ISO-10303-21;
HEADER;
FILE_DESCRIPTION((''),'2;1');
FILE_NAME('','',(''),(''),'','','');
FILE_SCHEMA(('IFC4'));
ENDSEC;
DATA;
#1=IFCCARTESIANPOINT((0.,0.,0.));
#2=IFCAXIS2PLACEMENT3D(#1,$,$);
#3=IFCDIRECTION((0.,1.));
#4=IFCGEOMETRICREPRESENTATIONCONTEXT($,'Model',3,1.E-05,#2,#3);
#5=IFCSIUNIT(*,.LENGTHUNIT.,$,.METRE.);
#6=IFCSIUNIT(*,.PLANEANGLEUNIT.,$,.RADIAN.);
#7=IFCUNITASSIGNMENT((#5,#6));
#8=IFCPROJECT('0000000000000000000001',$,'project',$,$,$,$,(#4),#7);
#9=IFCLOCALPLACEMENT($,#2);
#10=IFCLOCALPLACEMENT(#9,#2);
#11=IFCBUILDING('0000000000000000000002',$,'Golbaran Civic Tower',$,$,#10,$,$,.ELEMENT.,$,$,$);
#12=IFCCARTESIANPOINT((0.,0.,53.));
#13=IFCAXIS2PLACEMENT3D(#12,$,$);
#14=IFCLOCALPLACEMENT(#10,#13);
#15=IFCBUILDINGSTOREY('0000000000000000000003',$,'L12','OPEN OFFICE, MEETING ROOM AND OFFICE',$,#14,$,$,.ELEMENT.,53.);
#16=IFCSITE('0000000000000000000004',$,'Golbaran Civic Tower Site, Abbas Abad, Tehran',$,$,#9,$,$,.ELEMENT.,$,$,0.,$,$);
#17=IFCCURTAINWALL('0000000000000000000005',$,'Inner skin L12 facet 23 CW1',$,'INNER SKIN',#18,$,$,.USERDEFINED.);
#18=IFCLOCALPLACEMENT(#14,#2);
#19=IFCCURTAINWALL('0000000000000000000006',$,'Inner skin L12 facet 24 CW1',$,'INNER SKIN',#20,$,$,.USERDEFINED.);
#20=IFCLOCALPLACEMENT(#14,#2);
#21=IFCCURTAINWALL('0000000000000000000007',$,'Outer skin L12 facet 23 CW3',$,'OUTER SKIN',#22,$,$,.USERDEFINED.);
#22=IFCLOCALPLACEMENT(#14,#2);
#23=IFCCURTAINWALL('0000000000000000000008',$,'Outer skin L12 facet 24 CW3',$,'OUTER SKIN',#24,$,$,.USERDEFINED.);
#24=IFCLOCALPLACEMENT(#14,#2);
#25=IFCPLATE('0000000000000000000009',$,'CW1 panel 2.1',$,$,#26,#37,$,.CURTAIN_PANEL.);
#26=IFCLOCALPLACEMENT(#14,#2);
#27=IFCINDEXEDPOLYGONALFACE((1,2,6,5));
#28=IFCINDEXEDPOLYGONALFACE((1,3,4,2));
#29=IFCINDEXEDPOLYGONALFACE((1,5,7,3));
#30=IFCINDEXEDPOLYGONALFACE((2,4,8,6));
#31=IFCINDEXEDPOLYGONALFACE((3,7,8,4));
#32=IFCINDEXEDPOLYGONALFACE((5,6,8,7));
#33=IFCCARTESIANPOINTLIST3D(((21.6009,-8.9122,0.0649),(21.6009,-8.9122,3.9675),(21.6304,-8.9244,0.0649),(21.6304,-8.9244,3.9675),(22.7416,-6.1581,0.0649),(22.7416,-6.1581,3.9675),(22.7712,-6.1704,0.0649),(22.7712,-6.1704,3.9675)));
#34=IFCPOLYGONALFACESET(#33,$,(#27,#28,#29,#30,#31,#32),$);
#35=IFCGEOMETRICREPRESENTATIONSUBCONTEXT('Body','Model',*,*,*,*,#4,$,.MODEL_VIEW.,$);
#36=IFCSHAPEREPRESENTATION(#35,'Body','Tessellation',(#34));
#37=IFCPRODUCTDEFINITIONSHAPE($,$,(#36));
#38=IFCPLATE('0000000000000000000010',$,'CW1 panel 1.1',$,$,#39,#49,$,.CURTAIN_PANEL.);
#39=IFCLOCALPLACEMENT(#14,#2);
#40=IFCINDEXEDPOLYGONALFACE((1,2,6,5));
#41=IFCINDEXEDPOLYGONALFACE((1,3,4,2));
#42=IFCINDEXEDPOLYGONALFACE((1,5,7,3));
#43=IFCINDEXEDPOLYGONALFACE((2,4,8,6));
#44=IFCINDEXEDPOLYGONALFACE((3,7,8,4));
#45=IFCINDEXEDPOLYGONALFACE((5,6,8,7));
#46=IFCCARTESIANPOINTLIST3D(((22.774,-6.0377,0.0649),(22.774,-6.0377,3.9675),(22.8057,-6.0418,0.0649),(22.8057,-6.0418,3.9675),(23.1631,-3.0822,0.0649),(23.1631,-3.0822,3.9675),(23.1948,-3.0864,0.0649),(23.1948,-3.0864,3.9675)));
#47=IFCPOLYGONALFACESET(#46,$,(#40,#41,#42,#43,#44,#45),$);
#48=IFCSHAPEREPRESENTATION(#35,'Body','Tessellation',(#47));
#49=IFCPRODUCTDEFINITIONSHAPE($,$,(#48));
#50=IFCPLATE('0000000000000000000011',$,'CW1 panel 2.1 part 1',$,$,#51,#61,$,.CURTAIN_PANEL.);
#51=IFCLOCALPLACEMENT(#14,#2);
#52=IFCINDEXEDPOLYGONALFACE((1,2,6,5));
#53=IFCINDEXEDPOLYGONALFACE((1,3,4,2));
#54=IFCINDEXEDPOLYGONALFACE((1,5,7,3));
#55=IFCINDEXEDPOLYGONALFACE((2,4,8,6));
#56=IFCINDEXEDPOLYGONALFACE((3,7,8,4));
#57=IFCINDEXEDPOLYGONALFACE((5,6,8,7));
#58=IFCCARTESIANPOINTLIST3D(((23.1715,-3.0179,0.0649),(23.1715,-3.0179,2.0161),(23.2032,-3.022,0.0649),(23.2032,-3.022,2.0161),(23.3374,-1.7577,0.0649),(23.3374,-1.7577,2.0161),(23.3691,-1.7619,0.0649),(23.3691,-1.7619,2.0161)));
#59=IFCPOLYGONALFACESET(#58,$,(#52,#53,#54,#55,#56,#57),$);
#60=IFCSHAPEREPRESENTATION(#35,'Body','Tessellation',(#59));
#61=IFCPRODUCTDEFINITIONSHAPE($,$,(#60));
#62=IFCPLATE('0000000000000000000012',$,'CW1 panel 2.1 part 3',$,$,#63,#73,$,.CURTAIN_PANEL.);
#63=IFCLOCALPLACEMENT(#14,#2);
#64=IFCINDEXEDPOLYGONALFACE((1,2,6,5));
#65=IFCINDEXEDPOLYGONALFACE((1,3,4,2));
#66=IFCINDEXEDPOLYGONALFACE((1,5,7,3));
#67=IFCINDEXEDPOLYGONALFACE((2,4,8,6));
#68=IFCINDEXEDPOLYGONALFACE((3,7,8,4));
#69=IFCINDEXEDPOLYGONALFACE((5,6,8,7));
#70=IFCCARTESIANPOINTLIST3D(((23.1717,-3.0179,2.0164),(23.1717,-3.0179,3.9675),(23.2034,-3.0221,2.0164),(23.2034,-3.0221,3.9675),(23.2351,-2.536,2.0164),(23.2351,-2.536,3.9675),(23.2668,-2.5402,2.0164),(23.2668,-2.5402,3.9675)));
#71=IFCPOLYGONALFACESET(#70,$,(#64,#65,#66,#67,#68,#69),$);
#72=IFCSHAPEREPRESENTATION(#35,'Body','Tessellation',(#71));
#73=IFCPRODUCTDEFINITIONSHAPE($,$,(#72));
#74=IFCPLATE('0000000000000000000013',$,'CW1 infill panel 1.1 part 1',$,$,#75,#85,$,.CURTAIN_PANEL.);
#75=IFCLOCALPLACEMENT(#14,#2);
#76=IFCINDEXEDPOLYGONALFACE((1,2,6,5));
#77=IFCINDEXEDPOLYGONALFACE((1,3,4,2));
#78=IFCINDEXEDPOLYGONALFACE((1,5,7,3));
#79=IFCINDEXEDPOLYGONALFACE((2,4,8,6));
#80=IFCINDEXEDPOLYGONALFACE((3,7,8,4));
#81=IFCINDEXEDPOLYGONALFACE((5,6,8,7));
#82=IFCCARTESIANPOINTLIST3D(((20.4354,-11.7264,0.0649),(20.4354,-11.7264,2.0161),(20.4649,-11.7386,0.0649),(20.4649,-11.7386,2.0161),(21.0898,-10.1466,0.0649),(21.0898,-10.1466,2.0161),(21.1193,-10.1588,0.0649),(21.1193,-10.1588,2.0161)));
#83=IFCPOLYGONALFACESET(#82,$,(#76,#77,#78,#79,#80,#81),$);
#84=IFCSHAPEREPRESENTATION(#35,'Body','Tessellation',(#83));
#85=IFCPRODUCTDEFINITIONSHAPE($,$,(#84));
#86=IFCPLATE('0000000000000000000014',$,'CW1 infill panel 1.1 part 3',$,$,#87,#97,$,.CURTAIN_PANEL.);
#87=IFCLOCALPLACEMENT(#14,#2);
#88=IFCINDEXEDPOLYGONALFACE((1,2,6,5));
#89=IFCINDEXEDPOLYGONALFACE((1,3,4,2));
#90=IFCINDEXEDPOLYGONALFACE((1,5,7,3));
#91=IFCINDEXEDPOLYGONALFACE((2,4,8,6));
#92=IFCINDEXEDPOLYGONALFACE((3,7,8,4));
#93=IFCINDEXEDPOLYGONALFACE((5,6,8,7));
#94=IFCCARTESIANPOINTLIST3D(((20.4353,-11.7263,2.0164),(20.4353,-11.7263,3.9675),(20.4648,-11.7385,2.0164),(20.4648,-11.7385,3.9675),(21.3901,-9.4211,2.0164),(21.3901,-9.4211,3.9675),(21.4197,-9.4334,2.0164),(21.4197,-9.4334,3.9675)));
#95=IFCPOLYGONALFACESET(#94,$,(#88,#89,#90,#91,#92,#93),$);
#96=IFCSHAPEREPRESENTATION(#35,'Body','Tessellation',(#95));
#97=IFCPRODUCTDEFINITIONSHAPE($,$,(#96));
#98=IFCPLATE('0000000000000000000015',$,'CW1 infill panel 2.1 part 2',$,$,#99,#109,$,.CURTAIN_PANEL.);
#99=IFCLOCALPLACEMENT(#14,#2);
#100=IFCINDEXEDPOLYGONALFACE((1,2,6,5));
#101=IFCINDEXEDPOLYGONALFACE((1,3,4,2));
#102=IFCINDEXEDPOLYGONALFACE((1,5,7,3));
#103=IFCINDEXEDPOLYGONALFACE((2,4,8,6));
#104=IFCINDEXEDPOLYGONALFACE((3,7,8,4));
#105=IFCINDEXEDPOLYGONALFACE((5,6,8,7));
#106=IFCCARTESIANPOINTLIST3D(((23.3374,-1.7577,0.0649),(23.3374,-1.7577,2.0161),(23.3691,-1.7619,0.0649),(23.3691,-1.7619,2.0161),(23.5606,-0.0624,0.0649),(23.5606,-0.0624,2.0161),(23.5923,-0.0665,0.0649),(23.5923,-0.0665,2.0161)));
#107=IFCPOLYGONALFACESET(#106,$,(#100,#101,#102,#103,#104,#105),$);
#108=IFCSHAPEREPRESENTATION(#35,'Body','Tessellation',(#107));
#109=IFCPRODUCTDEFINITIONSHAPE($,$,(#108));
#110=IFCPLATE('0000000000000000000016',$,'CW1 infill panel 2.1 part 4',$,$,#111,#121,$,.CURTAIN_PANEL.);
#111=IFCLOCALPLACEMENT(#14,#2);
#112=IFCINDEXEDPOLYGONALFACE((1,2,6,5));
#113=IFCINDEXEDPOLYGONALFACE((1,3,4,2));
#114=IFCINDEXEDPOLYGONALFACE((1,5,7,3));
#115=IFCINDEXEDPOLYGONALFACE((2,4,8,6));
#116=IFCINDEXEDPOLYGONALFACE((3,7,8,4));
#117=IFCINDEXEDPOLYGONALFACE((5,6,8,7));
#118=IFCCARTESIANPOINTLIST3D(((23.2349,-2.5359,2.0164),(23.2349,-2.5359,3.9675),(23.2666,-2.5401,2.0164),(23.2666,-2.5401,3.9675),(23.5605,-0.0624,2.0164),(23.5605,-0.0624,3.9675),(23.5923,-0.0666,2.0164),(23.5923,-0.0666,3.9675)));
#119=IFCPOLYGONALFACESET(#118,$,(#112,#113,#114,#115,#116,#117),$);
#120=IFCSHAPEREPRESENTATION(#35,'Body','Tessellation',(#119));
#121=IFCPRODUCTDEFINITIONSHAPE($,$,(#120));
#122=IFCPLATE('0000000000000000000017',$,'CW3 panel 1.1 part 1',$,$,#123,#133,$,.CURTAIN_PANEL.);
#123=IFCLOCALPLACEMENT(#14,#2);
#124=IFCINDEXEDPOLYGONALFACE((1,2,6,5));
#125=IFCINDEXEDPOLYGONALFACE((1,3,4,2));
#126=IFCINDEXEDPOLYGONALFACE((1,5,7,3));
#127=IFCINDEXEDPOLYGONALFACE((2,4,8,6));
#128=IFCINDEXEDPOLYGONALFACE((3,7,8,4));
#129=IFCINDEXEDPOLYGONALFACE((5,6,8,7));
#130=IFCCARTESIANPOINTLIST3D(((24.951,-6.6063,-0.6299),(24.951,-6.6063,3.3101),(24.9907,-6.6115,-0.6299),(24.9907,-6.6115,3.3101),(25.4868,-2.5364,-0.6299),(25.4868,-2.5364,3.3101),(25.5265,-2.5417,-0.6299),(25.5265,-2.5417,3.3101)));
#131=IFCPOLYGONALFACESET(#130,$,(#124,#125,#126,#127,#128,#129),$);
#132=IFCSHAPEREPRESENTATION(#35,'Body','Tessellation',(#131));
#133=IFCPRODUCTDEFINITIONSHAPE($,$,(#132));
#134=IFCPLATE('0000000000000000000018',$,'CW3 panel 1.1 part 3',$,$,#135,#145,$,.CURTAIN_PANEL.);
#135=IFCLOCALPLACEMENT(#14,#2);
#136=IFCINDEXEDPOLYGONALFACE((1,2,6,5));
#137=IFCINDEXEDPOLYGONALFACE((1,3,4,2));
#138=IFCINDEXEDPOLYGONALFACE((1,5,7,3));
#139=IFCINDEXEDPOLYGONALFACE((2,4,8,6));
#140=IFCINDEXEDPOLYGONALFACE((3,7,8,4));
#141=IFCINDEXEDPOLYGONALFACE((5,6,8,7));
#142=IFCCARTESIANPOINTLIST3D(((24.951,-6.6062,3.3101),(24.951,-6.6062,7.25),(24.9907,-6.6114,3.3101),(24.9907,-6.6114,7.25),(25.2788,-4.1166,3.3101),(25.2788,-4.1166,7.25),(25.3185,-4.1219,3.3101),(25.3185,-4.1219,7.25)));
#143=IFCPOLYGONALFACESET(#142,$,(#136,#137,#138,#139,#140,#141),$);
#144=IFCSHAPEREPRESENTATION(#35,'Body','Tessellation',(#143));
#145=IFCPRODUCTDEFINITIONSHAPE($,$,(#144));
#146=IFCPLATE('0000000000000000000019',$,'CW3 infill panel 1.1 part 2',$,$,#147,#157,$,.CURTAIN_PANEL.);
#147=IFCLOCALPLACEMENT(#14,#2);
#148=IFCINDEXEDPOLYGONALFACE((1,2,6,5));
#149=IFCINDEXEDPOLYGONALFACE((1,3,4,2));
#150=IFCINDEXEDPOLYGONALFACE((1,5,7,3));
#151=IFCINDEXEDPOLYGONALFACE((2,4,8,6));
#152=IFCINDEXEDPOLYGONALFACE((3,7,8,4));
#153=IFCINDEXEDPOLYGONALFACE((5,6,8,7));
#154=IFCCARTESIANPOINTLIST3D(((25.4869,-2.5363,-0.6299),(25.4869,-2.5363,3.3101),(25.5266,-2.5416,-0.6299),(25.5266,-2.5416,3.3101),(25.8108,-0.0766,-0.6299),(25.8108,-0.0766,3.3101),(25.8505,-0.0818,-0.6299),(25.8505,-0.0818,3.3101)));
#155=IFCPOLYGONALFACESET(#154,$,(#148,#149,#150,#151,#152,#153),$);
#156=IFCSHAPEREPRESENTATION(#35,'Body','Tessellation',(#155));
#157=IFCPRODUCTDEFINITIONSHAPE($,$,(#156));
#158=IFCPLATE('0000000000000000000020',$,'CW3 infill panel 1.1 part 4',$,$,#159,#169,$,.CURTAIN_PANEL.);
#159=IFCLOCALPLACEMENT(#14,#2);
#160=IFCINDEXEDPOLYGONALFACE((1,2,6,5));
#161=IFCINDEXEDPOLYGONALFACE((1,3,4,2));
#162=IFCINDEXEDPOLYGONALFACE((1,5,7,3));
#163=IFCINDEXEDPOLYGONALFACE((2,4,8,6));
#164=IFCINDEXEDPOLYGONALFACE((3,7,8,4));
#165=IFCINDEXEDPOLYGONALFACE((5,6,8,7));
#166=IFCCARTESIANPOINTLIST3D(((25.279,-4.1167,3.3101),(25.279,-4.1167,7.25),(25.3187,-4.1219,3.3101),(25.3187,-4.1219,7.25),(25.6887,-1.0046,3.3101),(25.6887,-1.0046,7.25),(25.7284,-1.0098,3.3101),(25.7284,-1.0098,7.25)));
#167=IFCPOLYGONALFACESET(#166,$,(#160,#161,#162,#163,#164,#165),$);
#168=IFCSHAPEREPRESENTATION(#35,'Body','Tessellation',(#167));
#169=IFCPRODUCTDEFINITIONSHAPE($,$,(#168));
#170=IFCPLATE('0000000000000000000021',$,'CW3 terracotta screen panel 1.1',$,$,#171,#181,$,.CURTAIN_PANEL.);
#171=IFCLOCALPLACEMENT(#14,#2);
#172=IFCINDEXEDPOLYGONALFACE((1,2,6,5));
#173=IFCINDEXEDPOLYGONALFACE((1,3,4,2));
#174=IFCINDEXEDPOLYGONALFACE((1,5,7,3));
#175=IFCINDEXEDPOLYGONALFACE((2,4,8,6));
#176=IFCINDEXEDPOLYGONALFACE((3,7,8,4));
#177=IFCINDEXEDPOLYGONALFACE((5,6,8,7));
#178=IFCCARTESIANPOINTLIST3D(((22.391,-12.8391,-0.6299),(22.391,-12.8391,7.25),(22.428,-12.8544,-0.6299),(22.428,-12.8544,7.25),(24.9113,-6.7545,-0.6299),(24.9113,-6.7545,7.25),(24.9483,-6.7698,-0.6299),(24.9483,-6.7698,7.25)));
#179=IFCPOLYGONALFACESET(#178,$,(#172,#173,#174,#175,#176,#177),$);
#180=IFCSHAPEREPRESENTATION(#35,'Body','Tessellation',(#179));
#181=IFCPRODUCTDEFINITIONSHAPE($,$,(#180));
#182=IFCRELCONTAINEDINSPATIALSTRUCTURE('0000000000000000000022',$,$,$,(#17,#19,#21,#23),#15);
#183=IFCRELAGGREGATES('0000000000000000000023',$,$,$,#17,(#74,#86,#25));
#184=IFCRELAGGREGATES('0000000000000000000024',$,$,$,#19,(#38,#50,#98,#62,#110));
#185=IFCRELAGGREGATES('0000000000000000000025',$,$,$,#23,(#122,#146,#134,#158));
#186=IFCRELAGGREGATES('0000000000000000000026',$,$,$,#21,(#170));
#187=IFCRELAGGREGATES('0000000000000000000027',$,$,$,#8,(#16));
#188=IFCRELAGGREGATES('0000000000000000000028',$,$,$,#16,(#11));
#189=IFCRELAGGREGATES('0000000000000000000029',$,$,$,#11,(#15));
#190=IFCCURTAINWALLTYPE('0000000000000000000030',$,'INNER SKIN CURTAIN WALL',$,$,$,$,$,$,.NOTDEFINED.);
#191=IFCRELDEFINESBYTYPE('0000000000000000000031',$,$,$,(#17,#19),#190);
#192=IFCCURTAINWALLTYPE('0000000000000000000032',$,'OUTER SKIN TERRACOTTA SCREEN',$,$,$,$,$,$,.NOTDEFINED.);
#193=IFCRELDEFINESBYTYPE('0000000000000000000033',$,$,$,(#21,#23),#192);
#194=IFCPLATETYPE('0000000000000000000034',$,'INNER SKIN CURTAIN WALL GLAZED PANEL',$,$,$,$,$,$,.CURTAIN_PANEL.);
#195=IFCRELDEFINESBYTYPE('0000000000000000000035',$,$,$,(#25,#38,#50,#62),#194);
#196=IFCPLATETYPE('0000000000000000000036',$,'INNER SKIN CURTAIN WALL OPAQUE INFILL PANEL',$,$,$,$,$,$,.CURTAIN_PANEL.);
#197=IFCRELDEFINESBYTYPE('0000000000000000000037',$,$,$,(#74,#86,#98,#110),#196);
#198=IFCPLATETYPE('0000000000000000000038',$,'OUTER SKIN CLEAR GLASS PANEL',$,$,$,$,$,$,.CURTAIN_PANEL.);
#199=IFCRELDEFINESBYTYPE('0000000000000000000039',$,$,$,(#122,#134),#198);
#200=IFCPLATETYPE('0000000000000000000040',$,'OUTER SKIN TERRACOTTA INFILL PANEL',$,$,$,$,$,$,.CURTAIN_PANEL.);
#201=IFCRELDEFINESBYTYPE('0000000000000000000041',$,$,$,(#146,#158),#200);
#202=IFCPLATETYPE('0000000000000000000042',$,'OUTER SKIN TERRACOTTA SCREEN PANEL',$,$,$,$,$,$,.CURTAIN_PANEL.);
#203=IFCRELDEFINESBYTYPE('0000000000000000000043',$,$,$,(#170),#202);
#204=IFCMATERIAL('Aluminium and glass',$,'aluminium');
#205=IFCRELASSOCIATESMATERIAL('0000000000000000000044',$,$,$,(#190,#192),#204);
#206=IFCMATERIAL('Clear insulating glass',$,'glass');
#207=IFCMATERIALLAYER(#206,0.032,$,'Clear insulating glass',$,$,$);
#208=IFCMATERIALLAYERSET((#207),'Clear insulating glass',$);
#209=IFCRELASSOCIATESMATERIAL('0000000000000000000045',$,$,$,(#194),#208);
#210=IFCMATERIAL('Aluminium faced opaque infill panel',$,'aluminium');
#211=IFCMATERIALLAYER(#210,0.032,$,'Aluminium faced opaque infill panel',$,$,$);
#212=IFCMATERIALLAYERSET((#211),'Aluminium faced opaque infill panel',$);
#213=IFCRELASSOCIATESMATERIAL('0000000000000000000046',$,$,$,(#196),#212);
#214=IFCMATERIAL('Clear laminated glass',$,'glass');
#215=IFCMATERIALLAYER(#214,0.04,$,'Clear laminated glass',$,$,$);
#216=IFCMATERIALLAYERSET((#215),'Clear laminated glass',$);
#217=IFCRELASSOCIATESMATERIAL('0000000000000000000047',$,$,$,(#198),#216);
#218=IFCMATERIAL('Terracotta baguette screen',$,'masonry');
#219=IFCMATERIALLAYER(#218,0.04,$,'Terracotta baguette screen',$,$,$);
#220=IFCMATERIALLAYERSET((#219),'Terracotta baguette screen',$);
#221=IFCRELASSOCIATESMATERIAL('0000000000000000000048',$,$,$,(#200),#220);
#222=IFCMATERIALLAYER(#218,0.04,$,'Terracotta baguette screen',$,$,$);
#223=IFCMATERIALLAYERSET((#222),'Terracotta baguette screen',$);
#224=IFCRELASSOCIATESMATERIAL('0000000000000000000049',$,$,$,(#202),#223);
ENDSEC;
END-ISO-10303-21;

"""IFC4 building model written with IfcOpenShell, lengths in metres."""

from ifc_helpers import new_model, si_unit, direction, frame, origin, origin_2d, place, context, subcontext, project, spatial, rectangle, extrude, material, layer, layer_set, type_object, element, aggregate, save


model = new_model("IFC4")

# Units and contexts
model_context = context("Model", 3, precision=1e-05, world=origin(), true_north=direction((0.0, 1.0)))
body_context = subcontext(model_context, "Body", "Model", "MODEL_VIEW")
ifc_project = project(units=[si_unit("LENGTHUNIT", "METRE"), si_unit("PLANEANGLEUNIT", "RADIAN")], contexts=[model_context])

# Site, building, storey
site_placement = place(None, origin())
site = spatial("IfcSite", under=ifc_project, at=site_placement, Name="Golbaran Civic Tower Site, Abbas Abad, Tehran", CompositionType="ELEMENT", RefElevation=0.0)
building_placement = place(site_placement, origin())
building = spatial("IfcBuilding", under=site, at=building_placement, Name="Golbaran Civic Tower", CompositionType="ELEMENT")
storey_placement = place(building_placement, frame((0.0, 0.0, 53.0)))
storey = spatial("IfcBuildingStorey", under=building, at=storey_placement, Name="L12", Description="OPEN OFFICE, MEETING ROOM AND OFFICE", CompositionType="ELEMENT", Elevation=53.0)

# Curtain walls
ifc_material_1 = material(Name="Aluminium and glass", Category="aluminium")
curtain_wall_type_1 = type_object("IfcCurtainWallType", Name="INNER SKIN CURTAIN WALL", PredefinedType="NOTDEFINED", material=ifc_material_1)
curtain_wall_1_placement = place(storey_placement, origin())
curtain_wall_1 = element("IfcCurtainWall", 1, at=curtain_wall_1_placement, inside=storey, type_object=curtain_wall_type_1, Name="Inner skin L12 facet 23 CW1", ObjectType="INNER SKIN", PredefinedType="USERDEFINED")
curtain_wall_2_placement = place(storey_placement, origin())
curtain_wall_2 = element("IfcCurtainWall", 2, at=curtain_wall_2_placement, inside=storey, type_object=curtain_wall_type_1, Name="Inner skin L12 facet 24 CW1", ObjectType="INNER SKIN", PredefinedType="USERDEFINED")

# Curtain wall
curtain_wall_type_2 = type_object("IfcCurtainWallType", Name="OUTER SKIN TERRACOTTA SCREEN", PredefinedType="NOTDEFINED", material=ifc_material_1)
curtain_wall_3_placement = place(storey_placement, origin())
curtain_wall_3 = element("IfcCurtainWall", 3, at=curtain_wall_3_placement, inside=storey, type_object=curtain_wall_type_2, Name="Outer skin L12 facet 23 CW3", ObjectType="OUTER SKIN", PredefinedType="USERDEFINED")

# Curtain wall
curtain_wall_4_placement = place(storey_placement, origin())
curtain_wall_4 = element("IfcCurtainWall", 4, at=curtain_wall_4_placement, inside=storey, type_object=curtain_wall_type_2, Name="Outer skin L12 facet 24 CW3", ObjectType="OUTER SKIN", PredefinedType="USERDEFINED")

# Plates
ifc_material_2 = material(Name="Clear insulating glass", Category="glass")
ifc_layer_1 = layer(ifc_material_2, 0.032, Name="Clear insulating glass")
ifc_layer_set_1 = layer_set([ifc_layer_1], Name="Clear insulating glass")
plate_type_1 = type_object("IfcPlateType", Name="INNER SKIN CURTAIN WALL GLAZED PANEL", PredefinedType="CURTAIN_PANEL", material=ifc_layer_set_1)
plate_1_placement = place(storey_placement, frame((22.186, -7.5413, 0.0649), z_axis=(0.0, 0.0, 1.0), x_axis=(0.382683, 0.92388, 0.0)))
plate_1 = element("IfcPlate", 5, at=plate_1_placement, type_object=plate_type_1, Name="CW1 panel 2.1", PredefinedType="CURTAIN_PANEL", context=body_context, shape_type="SweptSolid", body=[
    extrude(rectangle(XDim=2.981, YDim=0.032, at=origin_2d()), origin(), (0.0, 0.0, 1.0), 3.9026),
])
plate_2_placement = place(storey_placement, frame((22.9844, -4.562, 0.0649), z_axis=(0.0, 0.0, 1.0), x_axis=(0.130526, 0.991445, 0.0)))
plate_2 = element("IfcPlate", 6, at=plate_2_placement, type_object=plate_type_1, Name="CW1 panel 1.1", PredefinedType="CURTAIN_PANEL", context=body_context, shape_type="SweptSolid", body=[
    extrude(rectangle(XDim=2.981, YDim=0.032, at=origin_2d()), origin(), (0.0, 0.0, 1.0), 3.9026),
])
plate_3_placement = place(storey_placement, frame((23.2703, -2.3899, 0.0649), z_axis=(0.0, 0.0, 1.0), x_axis=(0.130526, 0.991445, 0.0)))
plate_3 = element("IfcPlate", 7, at=plate_3_placement, type_object=plate_type_1, Name="CW1 panel 2.1 part 1", PredefinedType="CURTAIN_PANEL", context=body_context, shape_type="SweptSolid", body=[
    extrude(rectangle(XDim=1.271, YDim=0.032, at=origin_2d()), origin(), (0.0, 0.0, 1.0), 1.9512),
])
plate_4_placement = place(storey_placement, frame((23.2192, -2.7791, 2.0164), z_axis=(0.0, 0.0, 1.0), x_axis=(0.130526, 0.991445, 0.0)))
plate_4 = element("IfcPlate", 8, at=plate_4_placement, type_object=plate_type_1, Name="CW1 panel 2.1 part 3", PredefinedType="CURTAIN_PANEL", context=body_context, shape_type="SweptSolid", body=[
    extrude(rectangle(XDim=0.4861, YDim=0.032, at=origin_2d()), origin(), (0.0, 0.0, 1.0), 1.9512),
])
ifc_material_3 = material(Name="Aluminium faced opaque infill panel", Category="aluminium")
ifc_layer_2 = layer(ifc_material_3, 0.032, Name="Aluminium faced opaque infill panel")
ifc_layer_set_2 = layer_set([ifc_layer_2], Name="Aluminium faced opaque infill panel")
plate_type_2 = type_object("IfcPlateType", Name="INNER SKIN CURTAIN WALL OPAQUE INFILL PANEL", PredefinedType="CURTAIN_PANEL", material=ifc_layer_set_2)
plate_5_placement = place(storey_placement, frame((20.7773, -10.9426, 0.0649), z_axis=(0.0, 0.0, 1.0), x_axis=(0.382683, 0.92388, 0.0)))
plate_5 = element("IfcPlate", 9, at=plate_5_placement, type_object=plate_type_2, Name="CW1 infill panel 1.1 part 1", PredefinedType="CURTAIN_PANEL", context=body_context, shape_type="SweptSolid", body=[
    extrude(rectangle(XDim=1.71, YDim=0.032, at=origin_2d()), origin(), (0.0, 0.0, 1.0), 1.9512),
])
plate_6_placement = place(storey_placement, frame((20.9275, -10.5798, 2.0164), z_axis=(0.0, 0.0, 1.0), x_axis=(0.382683, 0.92388, 0.0)))
plate_6 = element("IfcPlate", 10, at=plate_6_placement, type_object=plate_type_2, Name="CW1 infill panel 1.1 part 3", PredefinedType="CURTAIN_PANEL", context=body_context, shape_type="SweptSolid", body=[
    extrude(rectangle(XDim=2.4951, YDim=0.032, at=origin_2d()), origin(), (0.0, 0.0, 1.0), 1.9512),
])
aggregate(curtain_wall_1, [plate_5, plate_6, plate_1])
plate_7_placement = place(storey_placement, frame((23.4648, -0.9121, 0.0649), z_axis=(0.0, 0.0, 1.0), x_axis=(0.130526, 0.991445, 0.0)))
plate_7 = element("IfcPlate", 11, at=plate_7_placement, type_object=plate_type_2, Name="CW1 infill panel 2.1 part 2", PredefinedType="CURTAIN_PANEL", context=body_context, shape_type="SweptSolid", body=[
    extrude(rectangle(XDim=1.71, YDim=0.032, at=origin_2d()), origin(), (0.0, 0.0, 1.0), 1.9512),
])
plate_8_placement = place(storey_placement, frame((23.4136, -1.3013, 2.0164), z_axis=(0.0, 0.0, 1.0), x_axis=(0.130526, 0.991445, 0.0)))
plate_8 = element("IfcPlate", 12, at=plate_8_placement, type_object=plate_type_2, Name="CW1 infill panel 2.1 part 4", PredefinedType="CURTAIN_PANEL", context=body_context, shape_type="SweptSolid", body=[
    extrude(rectangle(XDim=2.4949, YDim=0.032, at=origin_2d()), origin(), (0.0, 0.0, 1.0), 1.9512),
])
aggregate(curtain_wall_2, [plate_2, plate_3, plate_7, plate_4, plate_8])
ifc_material_4 = material(Name="Clear laminated glass", Category="glass")
ifc_layer_3 = layer(ifc_material_4, 0.04, Name="Clear laminated glass")
ifc_layer_set_3 = layer_set([ifc_layer_3], Name="Clear laminated glass")
plate_type_3 = type_object("IfcPlateType", Name="OUTER SKIN CLEAR GLASS PANEL", PredefinedType="CURTAIN_PANEL", material=ifc_layer_set_3)
plate_9_placement = place(storey_placement, frame((25.2388, -4.574, -0.6299), z_axis=(0.0, 0.0, 1.0), x_axis=(0.130526, 0.991445, 0.0)))
plate_9 = element("IfcPlate", 13, at=plate_9_placement, type_object=plate_type_3, Name="CW3 panel 1.1 part 1", PredefinedType="CURTAIN_PANEL", context=body_context, shape_type="SweptSolid", body=[
    extrude(rectangle(XDim=4.105, YDim=0.04, at=origin_2d()), origin(), (0.0, 0.0, 1.0), 3.9399),
])
plate_10_placement = place(storey_placement, frame((25.1348, -5.364, 3.3101), z_axis=(0.0, 0.0, 1.0), x_axis=(0.130526, 0.991445, 0.0)))
plate_10 = element("IfcPlate", 14, at=plate_10_placement, type_object=plate_type_3, Name="CW3 panel 1.1 part 3", PredefinedType="CURTAIN_PANEL", context=body_context, shape_type="SweptSolid", body=[
    extrude(rectangle(XDim=2.511, YDim=0.04, at=origin_2d()), origin(), (0.0, 0.0, 1.0), 3.9399),
])
ifc_material_5 = material(Name="Terracotta baguette screen", Category="masonry")
ifc_layer_4 = layer(ifc_material_5, 0.04, Name="Terracotta baguette screen")
ifc_layer_set_4 = layer_set([ifc_layer_4], Name="Terracotta baguette screen")
plate_type_4 = type_object("IfcPlateType", Name="OUTER SKIN TERRACOTTA INFILL PANEL", PredefinedType="CURTAIN_PANEL", material=ifc_layer_set_4)
plate_11_placement = place(storey_placement, frame((25.6687, -1.3091, -0.6299), z_axis=(0.0, 0.0, 1.0), x_axis=(0.130526, 0.991445, 0.0)))
plate_11 = element("IfcPlate", 15, at=plate_11_placement, type_object=plate_type_4, Name="CW3 infill panel 1.1 part 2", PredefinedType="CURTAIN_PANEL", context=body_context, shape_type="SweptSolid", body=[
    extrude(rectangle(XDim=2.481, YDim=0.04, at=origin_2d()), origin(), (0.0, 0.0, 1.0), 3.9399),
])
plate_12_placement = place(storey_placement, frame((25.5037, -2.5632, 3.3101), z_axis=(0.0, 0.0, 1.0), x_axis=(0.130526, 0.991445, 0.0)))
plate_12 = element("IfcPlate", 16, at=plate_12_placement, type_object=plate_type_4, Name="CW3 infill panel 1.1 part 4", PredefinedType="CURTAIN_PANEL", context=body_context, shape_type="SweptSolid", body=[
    extrude(rectangle(XDim=3.1389, YDim=0.04, at=origin_2d()), origin(), (0.0, 0.0, 1.0), 3.9399),
])
aggregate(curtain_wall_4, [plate_9, plate_11, plate_10, plate_12])
ifc_layer_5 = layer(ifc_material_5, 0.04, Name="Terracotta baguette screen")
ifc_layer_set_5 = layer_set([ifc_layer_5], Name="Terracotta baguette screen")
plate_type_5 = type_object("IfcPlateType", Name="OUTER SKIN TERRACOTTA SCREEN PANEL", PredefinedType="CURTAIN_PANEL", material=ifc_layer_set_5)
plate_13_placement = place(storey_placement, frame((23.6697, -9.8044, -0.6299), z_axis=(0.0, 0.0, 1.0), x_axis=(0.382683, 0.92388, 0.0)))
plate_13 = element("IfcPlate", 17, at=plate_13_placement, type_object=plate_type_5, Name="CW3 terracotta screen panel 1.1", PredefinedType="CURTAIN_PANEL", context=body_context, shape_type="SweptSolid", body=[
    extrude(rectangle(XDim=6.5859, YDim=0.04, at=origin_2d()), origin(), (0.0, 0.0, 1.0), 7.8799),
])
aggregate(curtain_wall_3, [plate_13])

save(model, "model.ifc")
